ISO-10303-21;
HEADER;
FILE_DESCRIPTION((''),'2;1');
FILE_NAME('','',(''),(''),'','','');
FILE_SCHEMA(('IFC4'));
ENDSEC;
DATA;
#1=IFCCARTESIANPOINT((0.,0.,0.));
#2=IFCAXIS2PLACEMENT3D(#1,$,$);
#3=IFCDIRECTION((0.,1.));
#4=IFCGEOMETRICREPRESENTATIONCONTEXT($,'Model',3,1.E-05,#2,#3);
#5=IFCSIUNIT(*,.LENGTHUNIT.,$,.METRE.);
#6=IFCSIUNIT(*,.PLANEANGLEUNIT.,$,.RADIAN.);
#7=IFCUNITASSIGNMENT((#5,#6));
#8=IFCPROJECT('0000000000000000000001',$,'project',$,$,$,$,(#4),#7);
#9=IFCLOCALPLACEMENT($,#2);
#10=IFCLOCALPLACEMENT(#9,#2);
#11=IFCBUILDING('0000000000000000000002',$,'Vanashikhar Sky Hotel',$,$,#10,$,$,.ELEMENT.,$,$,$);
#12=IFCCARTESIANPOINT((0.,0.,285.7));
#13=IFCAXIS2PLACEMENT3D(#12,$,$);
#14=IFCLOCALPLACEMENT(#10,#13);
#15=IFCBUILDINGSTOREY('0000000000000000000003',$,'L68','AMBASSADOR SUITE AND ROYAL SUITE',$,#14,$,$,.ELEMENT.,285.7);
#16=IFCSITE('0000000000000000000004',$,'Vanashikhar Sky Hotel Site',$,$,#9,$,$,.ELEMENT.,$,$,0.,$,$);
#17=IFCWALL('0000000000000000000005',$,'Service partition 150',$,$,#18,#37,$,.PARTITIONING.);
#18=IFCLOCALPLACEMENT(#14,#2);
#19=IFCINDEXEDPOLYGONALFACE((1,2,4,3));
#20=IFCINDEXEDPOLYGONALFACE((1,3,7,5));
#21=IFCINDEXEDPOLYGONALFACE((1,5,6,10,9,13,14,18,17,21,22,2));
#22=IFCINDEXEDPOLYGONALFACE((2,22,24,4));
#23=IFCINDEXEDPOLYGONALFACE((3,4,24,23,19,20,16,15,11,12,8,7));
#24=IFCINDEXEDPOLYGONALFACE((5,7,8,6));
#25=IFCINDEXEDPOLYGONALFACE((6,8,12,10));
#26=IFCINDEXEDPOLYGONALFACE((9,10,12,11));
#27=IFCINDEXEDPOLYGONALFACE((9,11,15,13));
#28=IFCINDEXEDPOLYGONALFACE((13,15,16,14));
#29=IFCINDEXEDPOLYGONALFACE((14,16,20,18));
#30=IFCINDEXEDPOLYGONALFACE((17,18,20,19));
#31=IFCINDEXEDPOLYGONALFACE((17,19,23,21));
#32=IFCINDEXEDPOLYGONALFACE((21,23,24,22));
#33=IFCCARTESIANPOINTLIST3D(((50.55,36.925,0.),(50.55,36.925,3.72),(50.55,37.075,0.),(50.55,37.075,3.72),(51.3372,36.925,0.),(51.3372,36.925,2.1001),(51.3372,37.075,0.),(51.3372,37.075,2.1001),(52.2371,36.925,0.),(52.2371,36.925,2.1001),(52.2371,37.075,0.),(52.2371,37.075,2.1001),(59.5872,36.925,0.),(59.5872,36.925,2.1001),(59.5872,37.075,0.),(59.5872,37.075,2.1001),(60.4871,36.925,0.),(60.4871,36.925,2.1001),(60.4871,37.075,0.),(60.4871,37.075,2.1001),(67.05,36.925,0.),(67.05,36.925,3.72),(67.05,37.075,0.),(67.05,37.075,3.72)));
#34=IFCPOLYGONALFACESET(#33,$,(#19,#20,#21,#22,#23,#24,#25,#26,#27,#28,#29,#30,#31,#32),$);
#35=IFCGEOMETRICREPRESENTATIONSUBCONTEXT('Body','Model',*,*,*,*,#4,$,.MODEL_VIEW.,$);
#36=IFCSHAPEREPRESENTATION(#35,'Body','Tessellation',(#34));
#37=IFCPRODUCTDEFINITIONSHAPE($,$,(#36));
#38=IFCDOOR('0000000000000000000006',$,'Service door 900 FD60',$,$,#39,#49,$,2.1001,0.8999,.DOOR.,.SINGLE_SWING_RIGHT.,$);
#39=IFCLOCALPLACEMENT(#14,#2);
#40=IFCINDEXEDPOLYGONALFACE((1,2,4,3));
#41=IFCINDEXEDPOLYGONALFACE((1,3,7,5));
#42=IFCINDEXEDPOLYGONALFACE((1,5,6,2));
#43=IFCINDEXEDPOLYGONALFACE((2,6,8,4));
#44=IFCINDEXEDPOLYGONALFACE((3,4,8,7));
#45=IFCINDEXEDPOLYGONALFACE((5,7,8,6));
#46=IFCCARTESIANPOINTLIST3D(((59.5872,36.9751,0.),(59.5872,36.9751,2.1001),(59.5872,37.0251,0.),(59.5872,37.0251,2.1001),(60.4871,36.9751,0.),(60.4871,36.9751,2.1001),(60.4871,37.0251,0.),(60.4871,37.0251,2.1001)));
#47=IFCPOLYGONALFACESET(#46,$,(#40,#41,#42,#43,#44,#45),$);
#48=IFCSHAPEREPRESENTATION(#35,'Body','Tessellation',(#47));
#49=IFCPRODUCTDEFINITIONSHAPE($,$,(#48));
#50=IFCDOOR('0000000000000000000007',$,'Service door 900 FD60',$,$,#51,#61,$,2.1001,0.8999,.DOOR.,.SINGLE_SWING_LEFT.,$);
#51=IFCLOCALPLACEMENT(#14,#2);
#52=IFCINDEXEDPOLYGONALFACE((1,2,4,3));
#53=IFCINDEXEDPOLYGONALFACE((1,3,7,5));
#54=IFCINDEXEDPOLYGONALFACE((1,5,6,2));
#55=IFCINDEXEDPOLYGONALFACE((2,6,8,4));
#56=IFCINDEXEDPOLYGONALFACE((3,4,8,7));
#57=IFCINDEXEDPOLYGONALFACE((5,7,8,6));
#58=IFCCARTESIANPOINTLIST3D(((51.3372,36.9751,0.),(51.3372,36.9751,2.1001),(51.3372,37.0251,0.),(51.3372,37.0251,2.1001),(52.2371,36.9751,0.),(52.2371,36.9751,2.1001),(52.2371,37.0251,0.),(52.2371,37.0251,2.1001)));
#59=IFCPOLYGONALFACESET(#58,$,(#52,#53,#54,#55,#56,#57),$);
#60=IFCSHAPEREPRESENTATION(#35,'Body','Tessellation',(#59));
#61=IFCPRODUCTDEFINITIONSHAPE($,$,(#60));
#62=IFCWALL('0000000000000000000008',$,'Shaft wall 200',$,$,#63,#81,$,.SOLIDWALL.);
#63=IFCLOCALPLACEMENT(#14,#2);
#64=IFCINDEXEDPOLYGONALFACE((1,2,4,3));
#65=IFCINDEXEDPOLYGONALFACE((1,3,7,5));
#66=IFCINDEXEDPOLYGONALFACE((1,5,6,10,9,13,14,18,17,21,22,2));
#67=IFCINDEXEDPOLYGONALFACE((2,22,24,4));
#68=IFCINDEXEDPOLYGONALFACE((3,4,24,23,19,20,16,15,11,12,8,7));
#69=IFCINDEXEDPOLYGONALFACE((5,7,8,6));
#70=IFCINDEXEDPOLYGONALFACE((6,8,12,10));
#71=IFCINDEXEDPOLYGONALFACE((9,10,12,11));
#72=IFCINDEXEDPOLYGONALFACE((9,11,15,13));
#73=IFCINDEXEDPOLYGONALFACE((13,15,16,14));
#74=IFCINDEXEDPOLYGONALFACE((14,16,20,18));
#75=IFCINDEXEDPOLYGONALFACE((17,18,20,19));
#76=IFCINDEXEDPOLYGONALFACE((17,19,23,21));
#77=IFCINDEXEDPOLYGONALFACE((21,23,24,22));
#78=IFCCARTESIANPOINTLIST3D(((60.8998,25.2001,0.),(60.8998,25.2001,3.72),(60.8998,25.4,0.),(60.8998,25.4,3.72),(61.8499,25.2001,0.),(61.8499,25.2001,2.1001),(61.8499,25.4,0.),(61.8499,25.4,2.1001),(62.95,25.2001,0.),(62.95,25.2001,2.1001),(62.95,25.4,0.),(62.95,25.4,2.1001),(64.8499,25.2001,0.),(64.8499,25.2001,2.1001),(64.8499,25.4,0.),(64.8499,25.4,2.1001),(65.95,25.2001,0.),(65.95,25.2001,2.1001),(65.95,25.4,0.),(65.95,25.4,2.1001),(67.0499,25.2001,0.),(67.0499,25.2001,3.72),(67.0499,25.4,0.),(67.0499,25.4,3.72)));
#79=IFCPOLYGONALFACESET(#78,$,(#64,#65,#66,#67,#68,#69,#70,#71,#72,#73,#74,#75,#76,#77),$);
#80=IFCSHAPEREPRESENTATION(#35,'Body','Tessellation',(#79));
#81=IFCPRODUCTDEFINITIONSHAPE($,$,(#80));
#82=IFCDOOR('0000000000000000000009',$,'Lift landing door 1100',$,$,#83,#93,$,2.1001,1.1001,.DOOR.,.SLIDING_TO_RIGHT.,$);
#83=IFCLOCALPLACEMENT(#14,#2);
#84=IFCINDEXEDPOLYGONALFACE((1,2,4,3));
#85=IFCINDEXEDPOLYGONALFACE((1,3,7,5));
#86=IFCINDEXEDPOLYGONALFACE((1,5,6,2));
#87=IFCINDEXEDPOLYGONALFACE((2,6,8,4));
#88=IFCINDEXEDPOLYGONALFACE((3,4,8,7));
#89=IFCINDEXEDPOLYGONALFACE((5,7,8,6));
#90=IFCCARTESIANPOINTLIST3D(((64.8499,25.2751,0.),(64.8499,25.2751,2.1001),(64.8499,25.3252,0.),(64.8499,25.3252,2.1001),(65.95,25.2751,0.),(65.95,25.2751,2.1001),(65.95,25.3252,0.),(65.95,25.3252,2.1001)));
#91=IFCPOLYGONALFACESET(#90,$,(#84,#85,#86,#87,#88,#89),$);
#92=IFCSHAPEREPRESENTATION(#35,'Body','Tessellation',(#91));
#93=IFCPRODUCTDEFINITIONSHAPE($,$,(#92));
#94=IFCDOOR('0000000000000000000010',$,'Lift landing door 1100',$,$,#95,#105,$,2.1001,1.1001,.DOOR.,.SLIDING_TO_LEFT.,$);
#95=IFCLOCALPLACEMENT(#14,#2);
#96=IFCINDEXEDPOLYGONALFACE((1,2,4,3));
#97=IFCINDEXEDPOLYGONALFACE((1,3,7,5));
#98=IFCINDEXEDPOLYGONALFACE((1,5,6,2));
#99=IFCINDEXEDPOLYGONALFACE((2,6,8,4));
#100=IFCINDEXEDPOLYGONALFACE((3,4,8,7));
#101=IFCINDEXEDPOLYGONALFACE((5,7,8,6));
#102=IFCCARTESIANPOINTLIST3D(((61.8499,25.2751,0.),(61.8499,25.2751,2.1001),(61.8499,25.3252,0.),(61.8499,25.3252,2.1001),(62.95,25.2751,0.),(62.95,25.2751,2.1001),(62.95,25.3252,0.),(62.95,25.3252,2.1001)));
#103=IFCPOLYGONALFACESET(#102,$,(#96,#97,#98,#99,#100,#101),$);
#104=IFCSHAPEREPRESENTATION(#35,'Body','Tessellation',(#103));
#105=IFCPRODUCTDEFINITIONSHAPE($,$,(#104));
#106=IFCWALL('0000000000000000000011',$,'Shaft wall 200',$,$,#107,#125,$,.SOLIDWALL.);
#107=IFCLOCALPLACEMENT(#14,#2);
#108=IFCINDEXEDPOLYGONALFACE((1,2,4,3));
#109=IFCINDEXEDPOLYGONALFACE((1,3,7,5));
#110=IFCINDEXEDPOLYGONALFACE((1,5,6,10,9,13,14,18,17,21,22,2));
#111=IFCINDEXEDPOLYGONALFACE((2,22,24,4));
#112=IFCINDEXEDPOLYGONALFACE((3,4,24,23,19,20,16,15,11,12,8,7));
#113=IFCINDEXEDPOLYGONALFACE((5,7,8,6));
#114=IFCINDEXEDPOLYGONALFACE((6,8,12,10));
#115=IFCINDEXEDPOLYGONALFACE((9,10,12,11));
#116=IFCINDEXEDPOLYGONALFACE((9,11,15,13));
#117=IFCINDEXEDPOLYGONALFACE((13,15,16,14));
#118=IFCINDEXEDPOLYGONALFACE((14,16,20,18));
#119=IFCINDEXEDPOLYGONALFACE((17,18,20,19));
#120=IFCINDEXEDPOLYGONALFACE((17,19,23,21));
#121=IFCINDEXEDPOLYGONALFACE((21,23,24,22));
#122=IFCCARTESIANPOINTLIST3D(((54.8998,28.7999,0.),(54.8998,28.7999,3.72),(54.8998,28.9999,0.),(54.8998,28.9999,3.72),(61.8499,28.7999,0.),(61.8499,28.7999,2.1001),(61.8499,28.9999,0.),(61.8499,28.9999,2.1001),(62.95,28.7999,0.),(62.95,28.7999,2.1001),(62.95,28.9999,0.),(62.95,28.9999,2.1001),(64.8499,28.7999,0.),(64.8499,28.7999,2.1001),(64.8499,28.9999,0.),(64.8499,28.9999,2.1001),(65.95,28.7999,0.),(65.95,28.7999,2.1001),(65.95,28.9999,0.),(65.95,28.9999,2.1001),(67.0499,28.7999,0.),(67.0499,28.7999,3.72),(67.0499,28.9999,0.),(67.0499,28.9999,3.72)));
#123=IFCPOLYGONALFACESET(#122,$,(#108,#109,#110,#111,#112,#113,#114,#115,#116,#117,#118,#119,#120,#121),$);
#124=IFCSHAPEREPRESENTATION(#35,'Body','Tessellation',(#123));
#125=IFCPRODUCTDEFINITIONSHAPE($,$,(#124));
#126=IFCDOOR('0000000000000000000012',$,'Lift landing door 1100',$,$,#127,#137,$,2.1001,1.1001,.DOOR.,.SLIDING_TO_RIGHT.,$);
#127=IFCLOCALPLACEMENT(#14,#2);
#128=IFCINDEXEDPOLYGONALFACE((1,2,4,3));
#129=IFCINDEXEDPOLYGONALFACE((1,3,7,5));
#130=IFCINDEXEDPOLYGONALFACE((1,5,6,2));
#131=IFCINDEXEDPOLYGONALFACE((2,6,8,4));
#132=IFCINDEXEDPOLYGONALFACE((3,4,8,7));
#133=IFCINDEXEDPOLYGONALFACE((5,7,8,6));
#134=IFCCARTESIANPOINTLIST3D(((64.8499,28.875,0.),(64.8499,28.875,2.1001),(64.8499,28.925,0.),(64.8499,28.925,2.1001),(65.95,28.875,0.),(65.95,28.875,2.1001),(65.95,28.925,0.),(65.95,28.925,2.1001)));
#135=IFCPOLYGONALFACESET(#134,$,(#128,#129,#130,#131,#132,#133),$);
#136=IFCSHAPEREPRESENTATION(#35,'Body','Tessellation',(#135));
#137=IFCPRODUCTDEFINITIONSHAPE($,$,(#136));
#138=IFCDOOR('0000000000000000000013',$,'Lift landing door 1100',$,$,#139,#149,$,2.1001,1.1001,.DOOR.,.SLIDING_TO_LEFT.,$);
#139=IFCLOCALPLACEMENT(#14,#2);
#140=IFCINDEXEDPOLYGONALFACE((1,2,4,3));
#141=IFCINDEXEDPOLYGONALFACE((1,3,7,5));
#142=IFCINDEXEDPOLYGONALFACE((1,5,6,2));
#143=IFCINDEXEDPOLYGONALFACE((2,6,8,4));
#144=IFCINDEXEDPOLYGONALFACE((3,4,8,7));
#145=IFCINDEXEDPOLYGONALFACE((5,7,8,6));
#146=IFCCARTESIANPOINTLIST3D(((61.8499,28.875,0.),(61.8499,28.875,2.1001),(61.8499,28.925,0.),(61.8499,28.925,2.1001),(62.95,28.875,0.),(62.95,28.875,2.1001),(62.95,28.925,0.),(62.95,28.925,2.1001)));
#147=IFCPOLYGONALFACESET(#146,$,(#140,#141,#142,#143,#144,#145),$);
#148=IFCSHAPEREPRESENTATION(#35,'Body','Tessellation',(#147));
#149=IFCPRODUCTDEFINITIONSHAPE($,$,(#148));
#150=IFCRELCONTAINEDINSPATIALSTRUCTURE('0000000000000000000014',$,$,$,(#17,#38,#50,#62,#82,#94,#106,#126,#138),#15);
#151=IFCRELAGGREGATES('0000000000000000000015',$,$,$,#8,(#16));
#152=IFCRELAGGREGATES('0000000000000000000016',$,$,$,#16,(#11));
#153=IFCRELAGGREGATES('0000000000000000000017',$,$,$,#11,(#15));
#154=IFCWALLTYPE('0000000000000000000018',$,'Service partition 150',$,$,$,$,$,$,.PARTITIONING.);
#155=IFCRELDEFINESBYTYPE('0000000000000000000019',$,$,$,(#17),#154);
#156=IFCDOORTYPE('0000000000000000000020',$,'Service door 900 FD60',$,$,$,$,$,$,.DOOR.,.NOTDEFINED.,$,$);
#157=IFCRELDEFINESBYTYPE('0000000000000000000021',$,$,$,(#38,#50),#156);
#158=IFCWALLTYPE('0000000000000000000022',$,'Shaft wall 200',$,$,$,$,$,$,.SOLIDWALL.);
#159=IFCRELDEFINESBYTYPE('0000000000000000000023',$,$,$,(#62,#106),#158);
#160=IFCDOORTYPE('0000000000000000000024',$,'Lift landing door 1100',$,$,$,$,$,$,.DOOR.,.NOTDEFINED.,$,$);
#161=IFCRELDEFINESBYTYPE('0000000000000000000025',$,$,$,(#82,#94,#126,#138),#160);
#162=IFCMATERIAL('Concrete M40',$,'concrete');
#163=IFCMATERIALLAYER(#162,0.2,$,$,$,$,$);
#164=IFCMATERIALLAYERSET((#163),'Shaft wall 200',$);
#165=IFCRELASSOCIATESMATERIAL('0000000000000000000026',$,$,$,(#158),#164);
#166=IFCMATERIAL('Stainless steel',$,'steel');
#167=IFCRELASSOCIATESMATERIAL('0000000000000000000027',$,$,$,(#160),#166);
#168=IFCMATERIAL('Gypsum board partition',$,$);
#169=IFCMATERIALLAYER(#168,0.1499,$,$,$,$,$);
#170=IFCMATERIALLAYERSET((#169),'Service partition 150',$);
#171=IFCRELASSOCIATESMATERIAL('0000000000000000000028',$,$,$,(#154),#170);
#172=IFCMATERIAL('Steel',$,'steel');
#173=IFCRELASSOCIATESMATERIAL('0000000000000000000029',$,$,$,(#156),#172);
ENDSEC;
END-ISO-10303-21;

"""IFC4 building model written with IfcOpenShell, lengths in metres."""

from ifc_helpers import new_model, si_unit, direction, frame, frame_2d, origin, place, context, subcontext, project, spatial, rectangle, extrude, source, transform, mapped, material, layer, layer_set, type_object, element, fill, save


model = new_model("IFC4")

# Units and contexts
model_context = context("Model", 3, precision=1e-05, world=origin(), true_north=direction((0.0, 1.0)))
body_context = subcontext(model_context, "Body", "Model", "MODEL_VIEW")
ifc_project = project(units=[si_unit("LENGTHUNIT", "METRE"), si_unit("PLANEANGLEUNIT", "RADIAN")], contexts=[model_context])

# Site, building, storey
site_placement = place(None, origin())
site = spatial("IfcSite", under=ifc_project, at=site_placement, Name="Vanashikhar Sky Hotel Site", CompositionType="ELEMENT", RefElevation=0.0)
building_placement = place(site_placement, origin())
building = spatial("IfcBuilding", under=site, at=building_placement, Name="Vanashikhar Sky Hotel", CompositionType="ELEMENT")
storey_placement = place(building_placement, frame((0.0, 0.0, 285.7)))
storey = spatial("IfcBuildingStorey", under=building, at=storey_placement, Name="L68", Description="AMBASSADOR SUITE AND ROYAL SUITE", CompositionType="ELEMENT", Elevation=285.7)

# Shared definitions
ifc_material_1 = material(Name="Concrete M40", Category="concrete")
ifc_layer_1 = layer(ifc_material_1, 0.2)
ifc_layer_set_1 = layer_set([ifc_layer_1], Name="Shaft wall 200")
wall_type_1 = type_object("IfcWallType", Name="Shaft wall 200", PredefinedType="SOLIDWALL", material=ifc_layer_set_1)
shared_shape_1 = source(origin(), body_context, "Body", "SweptSolid", [
    extrude(rectangle(XDim=1.1001, YDim=2.1001, at=frame_2d((0.55, 1.05))), frame((0.0, 0.1099, 0.0), z_axis=(0.0, -1.0, 0.0), x_axis=(1.0, 0.0, 0.0)), (0.0, 0.0, 1.0), 0.22),
])
ifc_material_2 = material(Name="Stainless steel", Category="steel")
door_type_1 = type_object("IfcDoorType", Name="Lift landing door 1100", OperationType="NOTDEFINED", PredefinedType="DOOR", material=ifc_material_2)
shared_shape_2 = source(origin(), body_context, "Body", "SweptSolid", [
    extrude(rectangle(XDim=1.1001, YDim=2.1001, at=frame_2d((0.55, 1.05))), frame((0.0, 0.0249, 0.0), z_axis=(0.0, -1.0, 0.0), x_axis=(1.0, 0.0, 0.0)), (0.0, 0.0, 1.0), 0.05),
])

# Shared definitions
ifc_material_3 = material(Name="Gypsum board partition")
ifc_layer_2 = layer(ifc_material_3, 0.1499)
ifc_layer_set_2 = layer_set([ifc_layer_2], Name="Service partition 150")
wall_type_2 = type_object("IfcWallType", Name="Service partition 150", PredefinedType="PARTITIONING", material=ifc_layer_set_2)

# Walls, openings, doors
shared_shape_3 = source(origin(), body_context, "Body", "SweptSolid", [
    extrude(rectangle(XDim=0.8999, YDim=2.1001, at=frame_2d((0.45, 1.05))), frame((0.0, 0.085, 0.0), z_axis=(0.0, -1.0, 0.0), x_axis=(1.0, 0.0, 0.0)), (0.0, 0.0, 1.0), 0.1699),
])
ifc_material_4 = material(Name="Steel", Category="steel")
door_type_2 = type_object("IfcDoorType", Name="Service door 900 FD60", OperationType="NOTDEFINED", PredefinedType="DOOR", material=ifc_material_4)
shared_shape_4 = source(origin(), body_context, "Body", "SweptSolid", [
    extrude(rectangle(XDim=0.8999, YDim=2.1001, at=frame_2d((0.45, 1.05))), frame((0.0, 0.0249, 0.0), z_axis=(0.0, -1.0, 0.0), x_axis=(1.0, 0.0, 0.0)), (0.0, 0.0, 1.0), 0.05),
])
shared_shape_5 = source(origin(), body_context, "Body", "SweptSolid", [
    extrude(rectangle(XDim=16.5, YDim=0.1499, at=frame_2d((8.25, 0.0))), origin(), (0.0, 0.0, 1.0), 3.72),
])
wall_1_placement = place(storey_placement, frame((67.05, 37.0, 0.0), z_axis=(0.0, 0.0, 1.0), x_axis=(-1.0, 0.0, 0.0)))
wall_1 = element("IfcWall", 1, at=wall_1_placement, inside=storey, type_object=wall_type_2, Name="Service partition 150", PredefinedType="PARTITIONING", context=body_context, shape_type="MappedRepresentation", body=[
    mapped(shared_shape_5, transform((0.0, 0.0, 0.0), scale=1.0)),
])
opening_1_placement = place(wall_1_placement, frame((6.563, 0.0, 0.0)))
opening_1 = element("IfcOpeningElement", 2, at=opening_1_placement, cuts=wall_1, PredefinedType="OPENING", context=body_context, shape_type="MappedRepresentation", body=[
    mapped(shared_shape_3, transform((0.0, 0.0, 0.0), scale=1.0)),
])
opening_2_placement = place(wall_1_placement, frame((14.813, 0.0, 0.0)))
opening_2 = element("IfcOpeningElement", 3, at=opening_2_placement, cuts=wall_1, PredefinedType="OPENING", context=body_context, shape_type="MappedRepresentation", body=[
    mapped(shared_shape_3, transform((0.0, 0.0, 0.0), scale=1.0)),
])
door_1_placement = place(opening_1_placement, origin())
door_1 = element("IfcDoor", 4, at=door_1_placement, inside=storey, type_object=door_type_2, Name="Service door 900 FD60", OperationType="SINGLE_SWING_RIGHT", OverallHeight=2.1001, OverallWidth=0.8999, PredefinedType="DOOR", context=body_context, shape_type="MappedRepresentation", body=[
    mapped(shared_shape_4, transform((0.0, 0.0, 0.0), scale=1.0)),
])
fill(opening_1, door_1)
door_2_placement = place(opening_2_placement, origin())
door_2 = element("IfcDoor", 5, at=door_2_placement, inside=storey, type_object=door_type_2, Name="Service door 900 FD60", OperationType="SINGLE_SWING_LEFT", OverallHeight=2.1001, OverallWidth=0.8999, PredefinedType="DOOR", context=body_context, shape_type="MappedRepresentation", body=[
    mapped(shared_shape_4, transform((0.0, 0.0, 0.0), scale=1.0)),
])
fill(opening_2, door_2)
shared_shape_6 = source(origin(), body_context, "Body", "SweptSolid", [
    extrude(rectangle(XDim=6.1501, YDim=0.2, at=frame_2d((3.0752, 0.0))), origin(), (0.0, 0.0, 1.0), 3.72),
])
wall_2_placement = place(storey_placement, frame((67.05, 25.3, 0.0), z_axis=(0.0, 0.0, 1.0), x_axis=(-1.0, 0.0, 0.0)))
wall_2 = element("IfcWall", 6, at=wall_2_placement, inside=storey, type_object=wall_type_1, Name="Shaft wall 200", PredefinedType="SOLIDWALL", context=body_context, shape_type="MappedRepresentation", body=[
    mapped(shared_shape_6, transform((0.0, 0.0, 0.0), scale=1.0)),
])
opening_3_placement = place(wall_2_placement, frame((1.1001, 0.0, 0.0)))
opening_3 = element("IfcOpeningElement", 7, at=opening_3_placement, cuts=wall_2, PredefinedType="OPENING", context=body_context, shape_type="MappedRepresentation", body=[
    mapped(shared_shape_1, transform((0.0, 0.0, 0.0), scale=1.0)),
])
opening_4_placement = place(wall_2_placement, frame((4.1001, 0.0, 0.0)))
opening_4 = element("IfcOpeningElement", 8, at=opening_4_placement, cuts=wall_2, PredefinedType="OPENING", context=body_context, shape_type="MappedRepresentation", body=[
    mapped(shared_shape_1, transform((0.0, 0.0, 0.0), scale=1.0)),
])
door_3_placement = place(opening_3_placement, origin())
door_3 = element("IfcDoor", 9, at=door_3_placement, inside=storey, type_object=door_type_1, Name="Lift landing door 1100", OperationType="SLIDING_TO_RIGHT", OverallHeight=2.1001, OverallWidth=1.1001, PredefinedType="DOOR", context=body_context, shape_type="MappedRepresentation", body=[
    mapped(shared_shape_2, transform((0.0, 0.0, 0.0), scale=1.0)),
])
fill(opening_3, door_3)
door_4_placement = place(opening_4_placement, origin())
door_4 = element("IfcDoor", 10, at=door_4_placement, inside=storey, type_object=door_type_1, Name="Lift landing door 1100", OperationType="SLIDING_TO_LEFT", OverallHeight=2.1001, OverallWidth=1.1001, PredefinedType="DOOR", context=body_context, shape_type="MappedRepresentation", body=[
    mapped(shared_shape_2, transform((0.0, 0.0, 0.0), scale=1.0)),
])
fill(opening_4, door_4)
shared_shape_7 = source(origin(), body_context, "Body", "SweptSolid", [
    extrude(rectangle(XDim=12.1501, YDim=0.2, at=frame_2d((6.0752, 0.0))), origin(), (0.0, 0.0, 1.0), 3.72),
])
wall_3_placement = place(storey_placement, frame((67.05, 28.8999, 0.0), z_axis=(0.0, 0.0, 1.0), x_axis=(-1.0, 0.0, 0.0)))
wall_3 = element("IfcWall", 11, at=wall_3_placement, inside=storey, type_object=wall_type_1, Name="Shaft wall 200", PredefinedType="SOLIDWALL", context=body_context, shape_type="MappedRepresentation", body=[
    mapped(shared_shape_7, transform((0.0, 0.0, 0.0), scale=1.0)),
])
opening_5_placement = place(wall_3_placement, frame((1.1001, 0.0, 0.0)))
opening_5 = element("IfcOpeningElement", 12, at=opening_5_placement, cuts=wall_3, PredefinedType="OPENING", context=body_context, shape_type="MappedRepresentation", body=[
    mapped(shared_shape_1, transform((0.0, 0.0, 0.0), scale=1.0)),
])
opening_6_placement = place(wall_3_placement, frame((4.1001, 0.0, 0.0)))
opening_6 = element("IfcOpeningElement", 13, at=opening_6_placement, cuts=wall_3, PredefinedType="OPENING", context=body_context, shape_type="MappedRepresentation", body=[
    mapped(shared_shape_1, transform((0.0, 0.0, 0.0), scale=1.0)),
])
door_5_placement = place(opening_5_placement, origin())
door_5 = element("IfcDoor", 14, at=door_5_placement, inside=storey, type_object=door_type_1, Name="Lift landing door 1100", OperationType="SLIDING_TO_RIGHT", OverallHeight=2.1001, OverallWidth=1.1001, PredefinedType="DOOR", context=body_context, shape_type="MappedRepresentation", body=[
    mapped(shared_shape_2, transform((0.0, 0.0, 0.0), scale=1.0)),
])
fill(opening_5, door_5)
door_6_placement = place(opening_6_placement, origin())
door_6 = element("IfcDoor", 15, at=door_6_placement, inside=storey, type_object=door_type_1, Name="Lift landing door 1100", OperationType="SLIDING_TO_LEFT", OverallHeight=2.1001, OverallWidth=1.1001, PredefinedType="DOOR", context=body_context, shape_type="MappedRepresentation", body=[
    mapped(shared_shape_2, transform((0.0, 0.0, 0.0), scale=1.0)),
])
fill(opening_6, door_6)

save(model, "model.ifc")
